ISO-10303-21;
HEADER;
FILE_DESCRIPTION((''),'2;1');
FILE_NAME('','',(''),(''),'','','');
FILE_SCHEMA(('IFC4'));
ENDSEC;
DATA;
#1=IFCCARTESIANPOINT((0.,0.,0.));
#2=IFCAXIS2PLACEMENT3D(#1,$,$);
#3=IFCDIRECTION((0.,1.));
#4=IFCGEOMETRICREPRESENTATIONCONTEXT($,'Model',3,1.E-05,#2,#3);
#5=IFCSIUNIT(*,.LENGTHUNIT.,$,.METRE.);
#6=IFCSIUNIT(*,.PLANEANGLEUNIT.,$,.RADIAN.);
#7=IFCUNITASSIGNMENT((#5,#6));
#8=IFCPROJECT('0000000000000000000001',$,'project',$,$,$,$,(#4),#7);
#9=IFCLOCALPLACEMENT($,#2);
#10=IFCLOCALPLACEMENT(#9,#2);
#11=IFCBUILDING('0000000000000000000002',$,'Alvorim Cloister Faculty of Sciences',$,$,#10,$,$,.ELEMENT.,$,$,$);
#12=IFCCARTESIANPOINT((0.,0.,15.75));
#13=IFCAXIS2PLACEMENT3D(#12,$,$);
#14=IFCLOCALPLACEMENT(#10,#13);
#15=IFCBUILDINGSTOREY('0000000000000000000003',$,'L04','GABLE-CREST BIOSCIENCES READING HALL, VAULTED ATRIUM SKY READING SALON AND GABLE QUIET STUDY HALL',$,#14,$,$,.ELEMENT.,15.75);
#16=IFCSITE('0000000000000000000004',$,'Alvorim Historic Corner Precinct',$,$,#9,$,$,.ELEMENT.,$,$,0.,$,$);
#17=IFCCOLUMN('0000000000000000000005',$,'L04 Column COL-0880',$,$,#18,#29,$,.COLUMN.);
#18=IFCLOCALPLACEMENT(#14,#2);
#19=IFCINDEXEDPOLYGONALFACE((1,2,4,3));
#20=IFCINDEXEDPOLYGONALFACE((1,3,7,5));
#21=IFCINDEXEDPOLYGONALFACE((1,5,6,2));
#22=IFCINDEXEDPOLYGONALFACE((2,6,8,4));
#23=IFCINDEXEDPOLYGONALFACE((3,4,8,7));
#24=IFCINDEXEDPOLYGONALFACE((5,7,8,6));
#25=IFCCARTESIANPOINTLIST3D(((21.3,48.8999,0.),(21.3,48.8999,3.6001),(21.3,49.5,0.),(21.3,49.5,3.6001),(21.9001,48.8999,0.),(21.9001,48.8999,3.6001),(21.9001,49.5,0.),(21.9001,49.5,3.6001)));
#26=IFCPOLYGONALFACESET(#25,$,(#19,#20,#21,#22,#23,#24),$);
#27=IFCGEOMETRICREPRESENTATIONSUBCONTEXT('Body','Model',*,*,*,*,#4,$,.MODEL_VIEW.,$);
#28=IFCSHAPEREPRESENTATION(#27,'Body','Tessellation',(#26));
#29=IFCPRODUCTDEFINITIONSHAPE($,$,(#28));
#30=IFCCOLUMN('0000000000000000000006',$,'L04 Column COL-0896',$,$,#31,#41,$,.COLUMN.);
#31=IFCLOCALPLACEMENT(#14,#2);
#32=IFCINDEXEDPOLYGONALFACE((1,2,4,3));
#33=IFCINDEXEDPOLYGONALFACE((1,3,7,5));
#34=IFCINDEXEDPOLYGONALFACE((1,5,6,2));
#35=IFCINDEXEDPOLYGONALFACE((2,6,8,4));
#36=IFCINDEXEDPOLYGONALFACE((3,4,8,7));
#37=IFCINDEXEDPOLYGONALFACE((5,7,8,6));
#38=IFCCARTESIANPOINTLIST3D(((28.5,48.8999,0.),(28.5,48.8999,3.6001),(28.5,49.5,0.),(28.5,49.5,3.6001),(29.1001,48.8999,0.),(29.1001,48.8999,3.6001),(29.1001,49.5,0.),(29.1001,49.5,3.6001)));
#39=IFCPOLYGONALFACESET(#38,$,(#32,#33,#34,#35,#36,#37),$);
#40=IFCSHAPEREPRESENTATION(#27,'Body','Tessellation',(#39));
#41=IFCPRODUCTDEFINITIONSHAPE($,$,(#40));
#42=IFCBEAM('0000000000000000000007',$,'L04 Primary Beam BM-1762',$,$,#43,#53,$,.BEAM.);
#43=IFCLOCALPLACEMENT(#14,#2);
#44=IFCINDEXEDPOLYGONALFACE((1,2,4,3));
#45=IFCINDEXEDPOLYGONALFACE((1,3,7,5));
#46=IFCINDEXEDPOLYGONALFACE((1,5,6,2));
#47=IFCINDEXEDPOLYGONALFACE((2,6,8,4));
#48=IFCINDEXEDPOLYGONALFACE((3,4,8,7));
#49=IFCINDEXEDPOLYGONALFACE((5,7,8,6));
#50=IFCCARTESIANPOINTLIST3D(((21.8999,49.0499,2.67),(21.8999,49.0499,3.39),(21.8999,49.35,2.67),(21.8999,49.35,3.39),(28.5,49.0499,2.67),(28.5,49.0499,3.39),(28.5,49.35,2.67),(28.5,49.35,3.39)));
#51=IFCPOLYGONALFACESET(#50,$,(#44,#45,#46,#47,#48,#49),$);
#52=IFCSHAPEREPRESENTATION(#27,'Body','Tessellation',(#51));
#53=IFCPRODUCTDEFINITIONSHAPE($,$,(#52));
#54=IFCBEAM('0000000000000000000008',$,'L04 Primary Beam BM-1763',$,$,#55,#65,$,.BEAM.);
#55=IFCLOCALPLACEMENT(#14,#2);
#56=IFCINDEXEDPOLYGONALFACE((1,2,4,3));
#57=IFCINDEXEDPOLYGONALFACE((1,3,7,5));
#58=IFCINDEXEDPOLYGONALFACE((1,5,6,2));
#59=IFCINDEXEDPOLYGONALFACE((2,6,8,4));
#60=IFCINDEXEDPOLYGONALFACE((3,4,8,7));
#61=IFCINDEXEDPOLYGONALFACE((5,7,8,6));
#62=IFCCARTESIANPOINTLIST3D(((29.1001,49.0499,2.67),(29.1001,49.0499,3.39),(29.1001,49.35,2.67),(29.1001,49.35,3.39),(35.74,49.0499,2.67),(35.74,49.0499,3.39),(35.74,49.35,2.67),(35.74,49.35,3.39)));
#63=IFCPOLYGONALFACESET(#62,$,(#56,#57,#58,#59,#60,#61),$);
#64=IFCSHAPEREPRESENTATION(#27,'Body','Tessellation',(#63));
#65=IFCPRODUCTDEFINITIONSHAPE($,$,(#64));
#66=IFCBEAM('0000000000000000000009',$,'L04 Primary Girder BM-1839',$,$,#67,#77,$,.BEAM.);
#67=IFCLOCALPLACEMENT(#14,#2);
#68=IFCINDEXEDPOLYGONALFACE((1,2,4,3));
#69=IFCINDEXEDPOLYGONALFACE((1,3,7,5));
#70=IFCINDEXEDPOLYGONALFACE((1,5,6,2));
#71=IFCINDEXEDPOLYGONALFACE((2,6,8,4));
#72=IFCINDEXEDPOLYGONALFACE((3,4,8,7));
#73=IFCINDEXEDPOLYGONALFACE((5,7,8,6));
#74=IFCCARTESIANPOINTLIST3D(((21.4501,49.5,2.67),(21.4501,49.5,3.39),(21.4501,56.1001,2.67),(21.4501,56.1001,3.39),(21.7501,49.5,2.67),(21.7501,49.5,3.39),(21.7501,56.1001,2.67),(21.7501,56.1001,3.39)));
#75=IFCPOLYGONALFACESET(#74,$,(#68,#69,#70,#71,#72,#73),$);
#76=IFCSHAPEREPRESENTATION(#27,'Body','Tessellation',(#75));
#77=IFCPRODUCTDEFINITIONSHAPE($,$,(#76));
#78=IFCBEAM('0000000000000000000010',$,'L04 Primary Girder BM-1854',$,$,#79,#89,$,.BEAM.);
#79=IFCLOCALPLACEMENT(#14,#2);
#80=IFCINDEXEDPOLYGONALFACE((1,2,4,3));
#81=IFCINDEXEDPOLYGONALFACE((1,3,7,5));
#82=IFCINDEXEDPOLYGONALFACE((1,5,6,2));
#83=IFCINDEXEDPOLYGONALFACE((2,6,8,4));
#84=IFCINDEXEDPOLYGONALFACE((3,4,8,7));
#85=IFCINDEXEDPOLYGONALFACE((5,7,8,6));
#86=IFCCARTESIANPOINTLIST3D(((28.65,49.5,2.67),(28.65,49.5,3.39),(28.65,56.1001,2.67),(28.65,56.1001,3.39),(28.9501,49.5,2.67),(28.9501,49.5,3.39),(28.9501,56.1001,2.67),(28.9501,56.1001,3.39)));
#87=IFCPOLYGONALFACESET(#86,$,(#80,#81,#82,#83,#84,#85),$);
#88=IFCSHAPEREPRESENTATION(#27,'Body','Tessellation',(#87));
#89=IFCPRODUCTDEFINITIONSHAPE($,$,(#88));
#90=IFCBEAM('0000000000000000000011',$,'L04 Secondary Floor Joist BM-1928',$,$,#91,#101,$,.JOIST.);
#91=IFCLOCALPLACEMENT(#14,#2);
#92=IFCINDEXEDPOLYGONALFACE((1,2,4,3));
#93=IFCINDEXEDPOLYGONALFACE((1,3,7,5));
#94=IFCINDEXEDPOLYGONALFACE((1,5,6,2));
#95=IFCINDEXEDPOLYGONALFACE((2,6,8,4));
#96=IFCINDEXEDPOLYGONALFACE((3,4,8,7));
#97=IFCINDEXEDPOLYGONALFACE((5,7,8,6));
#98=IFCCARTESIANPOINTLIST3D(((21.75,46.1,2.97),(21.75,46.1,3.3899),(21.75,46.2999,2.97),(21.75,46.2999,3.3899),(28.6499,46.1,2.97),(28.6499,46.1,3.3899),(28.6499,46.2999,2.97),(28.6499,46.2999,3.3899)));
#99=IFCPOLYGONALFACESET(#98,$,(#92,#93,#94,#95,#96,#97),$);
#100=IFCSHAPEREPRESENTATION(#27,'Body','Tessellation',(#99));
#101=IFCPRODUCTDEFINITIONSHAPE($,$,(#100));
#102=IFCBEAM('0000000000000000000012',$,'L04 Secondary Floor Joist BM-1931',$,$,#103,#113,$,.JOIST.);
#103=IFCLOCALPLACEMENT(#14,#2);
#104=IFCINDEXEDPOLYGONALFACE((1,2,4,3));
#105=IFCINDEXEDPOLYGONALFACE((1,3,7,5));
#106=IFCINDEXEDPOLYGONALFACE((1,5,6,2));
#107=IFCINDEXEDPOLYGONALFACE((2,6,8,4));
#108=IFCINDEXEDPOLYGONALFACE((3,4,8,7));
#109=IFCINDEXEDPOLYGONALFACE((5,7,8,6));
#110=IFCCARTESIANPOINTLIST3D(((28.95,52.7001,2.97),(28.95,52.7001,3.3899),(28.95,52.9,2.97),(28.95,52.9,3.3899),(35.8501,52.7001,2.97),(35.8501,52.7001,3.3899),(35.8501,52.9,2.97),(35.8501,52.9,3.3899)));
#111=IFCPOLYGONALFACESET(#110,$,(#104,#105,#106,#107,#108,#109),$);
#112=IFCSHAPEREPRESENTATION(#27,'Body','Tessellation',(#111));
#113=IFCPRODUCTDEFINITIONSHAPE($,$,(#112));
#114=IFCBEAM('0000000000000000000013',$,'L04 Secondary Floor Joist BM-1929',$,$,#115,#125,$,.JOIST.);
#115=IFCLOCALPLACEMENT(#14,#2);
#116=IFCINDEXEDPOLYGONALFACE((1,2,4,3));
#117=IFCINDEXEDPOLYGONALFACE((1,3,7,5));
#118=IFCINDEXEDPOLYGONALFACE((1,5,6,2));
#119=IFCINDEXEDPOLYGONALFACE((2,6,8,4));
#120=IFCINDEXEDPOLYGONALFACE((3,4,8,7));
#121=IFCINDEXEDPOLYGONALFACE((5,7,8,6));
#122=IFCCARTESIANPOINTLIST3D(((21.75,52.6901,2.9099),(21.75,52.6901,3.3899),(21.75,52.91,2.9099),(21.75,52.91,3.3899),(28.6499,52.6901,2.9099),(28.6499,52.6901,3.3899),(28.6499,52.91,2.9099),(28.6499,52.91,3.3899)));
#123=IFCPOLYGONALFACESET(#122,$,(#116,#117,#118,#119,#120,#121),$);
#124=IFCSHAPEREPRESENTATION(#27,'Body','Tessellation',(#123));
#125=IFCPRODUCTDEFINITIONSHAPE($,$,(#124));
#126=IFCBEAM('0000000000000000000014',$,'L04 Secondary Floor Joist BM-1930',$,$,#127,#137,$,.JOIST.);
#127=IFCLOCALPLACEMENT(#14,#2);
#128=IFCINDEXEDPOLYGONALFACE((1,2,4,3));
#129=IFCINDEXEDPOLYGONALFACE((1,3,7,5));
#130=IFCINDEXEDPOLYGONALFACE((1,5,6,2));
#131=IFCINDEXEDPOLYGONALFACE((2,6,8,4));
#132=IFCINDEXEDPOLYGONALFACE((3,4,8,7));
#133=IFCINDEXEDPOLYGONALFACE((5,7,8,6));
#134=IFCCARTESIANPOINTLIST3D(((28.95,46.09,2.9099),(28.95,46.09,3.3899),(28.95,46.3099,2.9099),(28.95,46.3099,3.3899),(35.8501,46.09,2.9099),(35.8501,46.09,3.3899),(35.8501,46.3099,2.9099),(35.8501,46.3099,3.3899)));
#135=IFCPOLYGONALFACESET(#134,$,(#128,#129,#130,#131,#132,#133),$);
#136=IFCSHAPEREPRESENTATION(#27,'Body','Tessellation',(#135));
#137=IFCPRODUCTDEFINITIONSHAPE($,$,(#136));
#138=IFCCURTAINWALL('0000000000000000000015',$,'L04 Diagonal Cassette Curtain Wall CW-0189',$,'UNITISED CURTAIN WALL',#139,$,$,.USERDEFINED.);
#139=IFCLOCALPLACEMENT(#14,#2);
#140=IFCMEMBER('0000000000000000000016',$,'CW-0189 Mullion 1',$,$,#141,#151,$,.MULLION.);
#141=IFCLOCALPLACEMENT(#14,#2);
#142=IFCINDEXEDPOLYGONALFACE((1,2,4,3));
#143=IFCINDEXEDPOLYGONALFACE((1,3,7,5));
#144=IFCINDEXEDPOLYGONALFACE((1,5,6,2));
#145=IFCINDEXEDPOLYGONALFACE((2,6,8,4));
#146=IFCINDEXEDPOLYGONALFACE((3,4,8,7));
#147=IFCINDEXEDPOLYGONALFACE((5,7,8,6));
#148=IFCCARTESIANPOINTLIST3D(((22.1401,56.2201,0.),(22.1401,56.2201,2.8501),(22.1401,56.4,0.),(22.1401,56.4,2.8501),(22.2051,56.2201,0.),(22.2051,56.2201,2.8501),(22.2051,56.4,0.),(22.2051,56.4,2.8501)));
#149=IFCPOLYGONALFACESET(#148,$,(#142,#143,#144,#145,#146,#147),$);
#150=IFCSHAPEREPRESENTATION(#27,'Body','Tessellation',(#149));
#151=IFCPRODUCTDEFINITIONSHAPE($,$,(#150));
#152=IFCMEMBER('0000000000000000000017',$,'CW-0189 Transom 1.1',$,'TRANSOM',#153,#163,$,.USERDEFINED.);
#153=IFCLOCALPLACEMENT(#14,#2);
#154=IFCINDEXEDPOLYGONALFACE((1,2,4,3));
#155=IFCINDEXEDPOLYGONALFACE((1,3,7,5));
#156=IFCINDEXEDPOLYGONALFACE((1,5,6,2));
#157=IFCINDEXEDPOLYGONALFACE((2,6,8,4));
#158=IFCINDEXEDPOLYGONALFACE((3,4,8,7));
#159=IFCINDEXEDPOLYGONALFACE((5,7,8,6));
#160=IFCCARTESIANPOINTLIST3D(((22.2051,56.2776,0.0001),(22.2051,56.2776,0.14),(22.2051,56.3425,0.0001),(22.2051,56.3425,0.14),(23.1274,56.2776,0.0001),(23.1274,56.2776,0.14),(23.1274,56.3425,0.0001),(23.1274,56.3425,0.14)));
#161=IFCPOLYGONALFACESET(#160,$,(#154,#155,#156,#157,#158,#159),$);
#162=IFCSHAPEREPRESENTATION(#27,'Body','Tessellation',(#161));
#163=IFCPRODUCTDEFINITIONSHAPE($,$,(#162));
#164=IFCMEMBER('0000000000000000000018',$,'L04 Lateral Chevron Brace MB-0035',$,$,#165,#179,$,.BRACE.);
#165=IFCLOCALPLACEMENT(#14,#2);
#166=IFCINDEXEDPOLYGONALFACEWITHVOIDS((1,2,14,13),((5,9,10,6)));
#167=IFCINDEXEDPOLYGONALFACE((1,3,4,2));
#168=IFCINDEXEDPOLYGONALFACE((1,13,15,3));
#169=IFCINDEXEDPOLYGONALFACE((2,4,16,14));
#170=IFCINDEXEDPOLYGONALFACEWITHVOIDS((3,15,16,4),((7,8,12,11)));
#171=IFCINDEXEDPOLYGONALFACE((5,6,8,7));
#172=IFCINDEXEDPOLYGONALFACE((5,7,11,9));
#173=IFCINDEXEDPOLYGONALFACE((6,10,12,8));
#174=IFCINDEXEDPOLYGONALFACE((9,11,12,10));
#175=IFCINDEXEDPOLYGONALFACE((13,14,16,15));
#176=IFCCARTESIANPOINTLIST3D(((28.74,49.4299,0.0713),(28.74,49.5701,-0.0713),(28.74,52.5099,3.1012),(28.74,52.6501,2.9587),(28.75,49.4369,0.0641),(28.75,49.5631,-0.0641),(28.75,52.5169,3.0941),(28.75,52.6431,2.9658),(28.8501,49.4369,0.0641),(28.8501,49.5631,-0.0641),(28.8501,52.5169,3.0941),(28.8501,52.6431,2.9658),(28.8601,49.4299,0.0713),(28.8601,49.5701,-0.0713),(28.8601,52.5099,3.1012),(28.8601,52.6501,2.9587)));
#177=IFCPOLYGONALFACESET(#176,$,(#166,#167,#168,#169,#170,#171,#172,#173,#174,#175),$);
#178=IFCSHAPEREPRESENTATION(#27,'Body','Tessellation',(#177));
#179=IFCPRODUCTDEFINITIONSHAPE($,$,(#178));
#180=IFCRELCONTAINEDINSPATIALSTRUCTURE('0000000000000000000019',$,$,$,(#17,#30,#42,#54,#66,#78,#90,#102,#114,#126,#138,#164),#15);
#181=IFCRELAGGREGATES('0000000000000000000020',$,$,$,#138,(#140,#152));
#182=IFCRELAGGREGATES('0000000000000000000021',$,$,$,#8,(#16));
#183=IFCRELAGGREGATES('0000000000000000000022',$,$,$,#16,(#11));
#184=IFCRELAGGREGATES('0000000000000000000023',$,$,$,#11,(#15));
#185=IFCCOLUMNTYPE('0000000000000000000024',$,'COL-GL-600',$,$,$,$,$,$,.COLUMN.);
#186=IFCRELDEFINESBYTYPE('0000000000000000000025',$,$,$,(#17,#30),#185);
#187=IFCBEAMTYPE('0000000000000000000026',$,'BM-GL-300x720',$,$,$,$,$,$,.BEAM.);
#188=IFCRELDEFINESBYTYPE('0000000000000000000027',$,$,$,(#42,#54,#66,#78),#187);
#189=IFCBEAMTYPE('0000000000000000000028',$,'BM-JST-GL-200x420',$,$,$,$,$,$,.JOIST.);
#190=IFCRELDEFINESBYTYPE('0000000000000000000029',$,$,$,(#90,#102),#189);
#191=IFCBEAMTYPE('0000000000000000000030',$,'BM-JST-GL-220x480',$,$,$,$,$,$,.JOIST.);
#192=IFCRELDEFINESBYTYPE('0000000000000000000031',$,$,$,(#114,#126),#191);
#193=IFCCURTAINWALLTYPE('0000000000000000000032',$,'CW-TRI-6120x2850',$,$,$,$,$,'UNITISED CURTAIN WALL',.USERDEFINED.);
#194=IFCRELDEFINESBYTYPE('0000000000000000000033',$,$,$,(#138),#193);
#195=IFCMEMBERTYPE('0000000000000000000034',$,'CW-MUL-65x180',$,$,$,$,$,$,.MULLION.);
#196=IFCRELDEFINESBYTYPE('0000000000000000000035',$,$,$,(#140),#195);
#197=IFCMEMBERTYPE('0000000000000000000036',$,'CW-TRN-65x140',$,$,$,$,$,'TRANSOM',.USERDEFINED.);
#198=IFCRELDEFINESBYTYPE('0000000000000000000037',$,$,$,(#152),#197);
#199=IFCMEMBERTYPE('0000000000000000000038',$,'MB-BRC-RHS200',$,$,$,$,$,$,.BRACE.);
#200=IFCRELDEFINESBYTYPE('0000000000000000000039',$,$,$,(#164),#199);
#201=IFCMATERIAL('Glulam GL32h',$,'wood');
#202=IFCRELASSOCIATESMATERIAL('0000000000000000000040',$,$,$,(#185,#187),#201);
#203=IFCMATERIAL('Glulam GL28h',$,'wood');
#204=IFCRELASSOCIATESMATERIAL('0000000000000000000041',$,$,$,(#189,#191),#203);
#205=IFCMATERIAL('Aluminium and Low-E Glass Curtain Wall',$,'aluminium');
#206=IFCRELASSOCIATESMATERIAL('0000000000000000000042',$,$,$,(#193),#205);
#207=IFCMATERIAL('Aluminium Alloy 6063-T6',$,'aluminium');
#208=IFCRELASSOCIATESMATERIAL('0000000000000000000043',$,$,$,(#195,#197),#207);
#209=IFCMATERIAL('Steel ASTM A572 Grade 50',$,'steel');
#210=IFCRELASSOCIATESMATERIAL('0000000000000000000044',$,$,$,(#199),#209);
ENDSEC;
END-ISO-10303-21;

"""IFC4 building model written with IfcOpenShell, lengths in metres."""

from ifc_helpers import new_model, si_unit, direction, frame, origin, origin_2d, place, context, subcontext, project, spatial, rectangle, hollow_rectangle, extrude, material, material_profile, profile_set, type_object, element, aggregate, save


model = new_model("IFC4")

# Units and contexts
model_context = context("Model", 3, precision=1e-05, world=origin(), true_north=direction((0.0, 1.0)))
body_context = subcontext(model_context, "Body", "Model", "MODEL_VIEW")
ifc_project = project(units=[si_unit("LENGTHUNIT", "METRE"), si_unit("PLANEANGLEUNIT", "RADIAN")], contexts=[model_context])

# Site, building, storey
site_placement = place(None, origin())
site = spatial("IfcSite", under=ifc_project, at=site_placement, Name="Alvorim Historic Corner Precinct", CompositionType="ELEMENT", RefElevation=0.0)
building_placement = place(site_placement, origin())
building = spatial("IfcBuilding", under=site, at=building_placement, Name="Alvorim Cloister Faculty of Sciences", CompositionType="ELEMENT")
storey_placement = place(building_placement, frame((0.0, 0.0, 15.75)))
storey = spatial("IfcBuildingStorey", under=building, at=storey_placement, Name="L04", Description="GABLE-CREST BIOSCIENCES READING HALL, VAULTED ATRIUM SKY READING SALON AND GABLE QUIET STUDY HALL", CompositionType="ELEMENT", Elevation=15.75)

# Columns
ifc_material_1 = material(Name="Glulam GL32h", Category="wood")
ifc_material_profile_1 = material_profile(ifc_material_1, rectangle(XDim=0.6001, YDim=0.6001, at=origin_2d()), Name="GL32-COL-600x600")
ifc_profile_set_1 = profile_set([ifc_material_profile_1], Name="Glulam GL32h")
column_type = type_object("IfcColumnType", Name="COL-GL-600", PredefinedType="COLUMN", material=ifc_profile_set_1)
for number, where, z_axis, x_axis, name in (
    (1, (21.6001, 49.2, 0.0), (0.0, 0.0, 1.0), (1.0, 0.0, 0.0), "L04 Column COL-0880"),
    (2, (28.8, 49.2, 0.0), (0.0, 0.0, 1.0), (1.0, 0.0, 0.0), "L04 Column COL-0896"),
):
    element("IfcColumn", number, at=place(storey_placement, frame(where, z_axis=z_axis, x_axis=x_axis)), inside=storey, type_object=column_type, Name=name, PredefinedType="COLUMN", context=body_context, shape_type="SweptSolid", body=[
        extrude(rectangle(XDim=0.6001, YDim=0.6001, at=origin_2d()), origin(), (0.0, 0.0, 1.0), 3.6001),
    ])

# Beams
ifc_material_profile_2 = material_profile(ifc_material_1, rectangle(XDim=0.3, YDim=0.72, at=origin_2d()), Name="GL32-BM-300x720")
ifc_profile_set_2 = profile_set([ifc_material_profile_2], Name="Glulam GL32h")
beam_type_1 = type_object("IfcBeamType", Name="BM-GL-300x720", PredefinedType="BEAM", material=ifc_profile_set_2)
beam_1_placement = place(storey_placement, frame((21.8999, 49.2, 3.03), z_axis=(1.0, 0.0, 0.0), x_axis=(0.0, 1.0, 0.0)))
element("IfcBeam", 3, at=beam_1_placement, inside=storey, type_object=beam_type_1, Name="L04 Primary Beam BM-1762", PredefinedType="BEAM", context=body_context, shape_type="SweptSolid", body=[
    extrude(rectangle(XDim=0.3, YDim=0.72, at=origin_2d()), origin(), (0.0, 0.0, 1.0), 6.6001),
])
beam_2_placement = place(storey_placement, frame((29.1001, 49.2, 3.03), z_axis=(1.0, 0.0, 0.0), x_axis=(0.0, 1.0, 0.0)))
element("IfcBeam", 4, at=beam_2_placement, inside=storey, type_object=beam_type_1, Name="L04 Primary Beam BM-1763", PredefinedType="BEAM", context=body_context, shape_type="SweptSolid", body=[
    extrude(rectangle(XDim=0.3, YDim=0.72, at=origin_2d()), origin(), (0.0, 0.0, 1.0), 6.6399),
])
for number, where, z_axis, x_axis, name in (
    (5, (21.6001, 49.5, 3.03), (0.0, 1.0, 0.0), (-1.0, 0.0, 0.0), "L04 Primary Girder BM-1839"),
    (6, (28.8, 49.5, 3.03), (0.0, 1.0, 0.0), (-1.0, 0.0, 0.0), "L04 Primary Girder BM-1854"),
):
    element("IfcBeam", number, at=place(storey_placement, frame(where, z_axis=z_axis, x_axis=x_axis)), inside=storey, type_object=beam_type_1, Name=name, PredefinedType="BEAM", context=body_context, shape_type="SweptSolid", body=[
        extrude(rectangle(XDim=0.3, YDim=0.72, at=origin_2d()), origin(), (0.0, 0.0, 1.0), 6.6001),
    ])
ifc_material_2 = material(Name="Glulam GL28h", Category="wood")
ifc_material_profile_3 = material_profile(ifc_material_2, rectangle(XDim=0.2, YDim=0.4199, at=origin_2d()), Name="GL28-JST-200x420")
ifc_profile_set_3 = profile_set([ifc_material_profile_3], Name="Glulam GL28h")
beam_type_2 = type_object("IfcBeamType", Name="BM-JST-GL-200x420", PredefinedType="JOIST", material=ifc_profile_set_3)
beam_3_placement = place(storey_placement, frame((21.75, 46.2, 3.1799), z_axis=(1.0, 0.0, 0.0), x_axis=(0.0, 1.0, 0.0)))
element("IfcBeam", 7, at=beam_3_placement, inside=storey, type_object=beam_type_2, Name="L04 Secondary Floor Joist BM-1928", PredefinedType="JOIST", context=body_context, shape_type="SweptSolid", body=[
    extrude(rectangle(XDim=0.2, YDim=0.4199, at=origin_2d()), origin(), (0.0, 0.0, 1.0), 6.8999),
])
beam_4_placement = place(storey_placement, frame((28.95, 52.8, 3.1799), z_axis=(1.0, 0.0, 0.0), x_axis=(0.0, 1.0, 0.0)))
element("IfcBeam", 8, at=beam_4_placement, inside=storey, type_object=beam_type_2, Name="L04 Secondary Floor Joist BM-1931", PredefinedType="JOIST", context=body_context, shape_type="SweptSolid", body=[
    extrude(rectangle(XDim=0.2, YDim=0.4199, at=origin_2d()), origin(), (0.0, 0.0, 1.0), 6.9001),
])
ifc_material_profile_4 = material_profile(ifc_material_2, rectangle(XDim=0.22, YDim=0.48, at=origin_2d()), Name="GL28-JST-220x480")
ifc_profile_set_4 = profile_set([ifc_material_profile_4], Name="Glulam GL28h")
beam_type_3 = type_object("IfcBeamType", Name="BM-JST-GL-220x480", PredefinedType="JOIST", material=ifc_profile_set_4)
beam_5_placement = place(storey_placement, frame((21.75, 52.8, 3.1499), z_axis=(1.0, 0.0, 0.0), x_axis=(0.0, 1.0, 0.0)))
element("IfcBeam", 9, at=beam_5_placement, inside=storey, type_object=beam_type_3, Name="L04 Secondary Floor Joist BM-1929", PredefinedType="JOIST", context=body_context, shape_type="SweptSolid", body=[
    extrude(rectangle(XDim=0.22, YDim=0.48, at=origin_2d()), origin(), (0.0, 0.0, 1.0), 6.8999),
])
beam_6_placement = place(storey_placement, frame((28.95, 46.2, 3.1499), z_axis=(1.0, 0.0, 0.0), x_axis=(0.0, 1.0, 0.0)))
element("IfcBeam", 10, at=beam_6_placement, inside=storey, type_object=beam_type_3, Name="L04 Secondary Floor Joist BM-1930", PredefinedType="JOIST", context=body_context, shape_type="SweptSolid", body=[
    extrude(rectangle(XDim=0.22, YDim=0.48, at=origin_2d()), origin(), (0.0, 0.0, 1.0), 6.9001),
])

# Curtain wall, members
ifc_material_3 = material(Name="Aluminium and Low-E Glass Curtain Wall", Category="aluminium")
curtain_wall_type = type_object("IfcCurtainWallType", Name="CW-TRI-6120x2850", ElementType="UNITISED CURTAIN WALL", PredefinedType="USERDEFINED", material=ifc_material_3)
curtain_wall_placement = place(storey_placement, origin())
curtain_wall = element("IfcCurtainWall", 11, at=curtain_wall_placement, inside=storey, type_object=curtain_wall_type, Name="L04 Diagonal Cassette Curtain Wall CW-0189", ObjectType="UNITISED CURTAIN WALL", PredefinedType="USERDEFINED")
ifc_material_4 = material(Name="Aluminium Alloy 6063-T6", Category="aluminium")
ifc_material_profile_5 = material_profile(ifc_material_4, rectangle(XDim=0.0649, YDim=0.1799, at=origin_2d()), Name="ALU-MUL-65x180")
ifc_profile_set_5 = profile_set([ifc_material_profile_5], Name="Aluminium Alloy 6063-T6")
member_type_1 = type_object("IfcMemberType", Name="CW-MUL-65x180", PredefinedType="MULLION", material=ifc_profile_set_5)
member_1_placement = place(storey_placement, frame((22.1726, 56.3101, 0.0), z_axis=(0.0, 0.0, 1.0), x_axis=(1.0, 0.0, 0.0)))
member_1 = element("IfcMember", 12, at=member_1_placement, type_object=member_type_1, Name="CW-0189 Mullion 1", PredefinedType="MULLION", context=body_context, shape_type="SweptSolid", body=[
    extrude(rectangle(XDim=0.0649, YDim=0.1799, at=origin_2d()), origin(), (0.0, 0.0, 1.0), 2.8501),
])
ifc_material_profile_6 = material_profile(ifc_material_4, rectangle(XDim=0.0649, YDim=0.1399, at=origin_2d()), Name="ALU-TRN-65x140")
ifc_profile_set_6 = profile_set([ifc_material_profile_6], Name="Aluminium Alloy 6063-T6")
member_type_2 = type_object("IfcMemberType", Name="CW-TRN-65x140", ElementType="TRANSOM", PredefinedType="USERDEFINED", material=ifc_profile_set_6)
member_2_placement = place(storey_placement, frame((22.2051, 56.3101, 0.0701), z_axis=(1.0, 0.0, 0.0), x_axis=(0.0, 1.0, 0.0)))
member_2 = element("IfcMember", 13, at=member_2_placement, type_object=member_type_2, Name="CW-0189 Transom 1.1", ObjectType="TRANSOM", PredefinedType="USERDEFINED", context=body_context, shape_type="SweptSolid", body=[
    extrude(rectangle(XDim=0.0649, YDim=0.1399, at=origin_2d()), origin(), (0.0, 0.0, 1.0), 0.9224),
])
aggregate(curtain_wall, [member_1, member_2])

# Member
ifc_material_5 = material(Name="Steel ASTM A572 Grade 50", Category="steel")
ifc_material_profile_7 = material_profile(ifc_material_5, hollow_rectangle(XDim=0.1201, YDim=0.2, WallThickness=0.01, at=origin_2d()), Name="RHS200x120x10")
ifc_profile_set_7 = profile_set([ifc_material_profile_7], Name="Steel ASTM A572 Grade 50")
member_type_3 = type_object("IfcMemberType", Name="MB-BRC-RHS200", PredefinedType="BRACE", material=ifc_profile_set_7)
for number, where, z_axis, x_axis, name in (
    (14, (28.8, 49.5, 0.0), (0.0, 0.712875, 0.701291), (-1.0, 0.0, 0.0), "L04 Lateral Chevron Brace MB-0035"),
):
    element("IfcMember", number, at=place(storey_placement, frame(where, z_axis=z_axis, x_axis=x_axis)), inside=storey, type_object=member_type_3, Name=name, PredefinedType="BRACE", context=body_context, shape_type="SweptSolid", body=[
        extrude(hollow_rectangle(XDim=0.1201, YDim=0.2, WallThickness=0.01, at=origin_2d()), origin(), (0.0, 0.0, 1.0), 4.3206),
    ])

save(model, "model.ifc")
